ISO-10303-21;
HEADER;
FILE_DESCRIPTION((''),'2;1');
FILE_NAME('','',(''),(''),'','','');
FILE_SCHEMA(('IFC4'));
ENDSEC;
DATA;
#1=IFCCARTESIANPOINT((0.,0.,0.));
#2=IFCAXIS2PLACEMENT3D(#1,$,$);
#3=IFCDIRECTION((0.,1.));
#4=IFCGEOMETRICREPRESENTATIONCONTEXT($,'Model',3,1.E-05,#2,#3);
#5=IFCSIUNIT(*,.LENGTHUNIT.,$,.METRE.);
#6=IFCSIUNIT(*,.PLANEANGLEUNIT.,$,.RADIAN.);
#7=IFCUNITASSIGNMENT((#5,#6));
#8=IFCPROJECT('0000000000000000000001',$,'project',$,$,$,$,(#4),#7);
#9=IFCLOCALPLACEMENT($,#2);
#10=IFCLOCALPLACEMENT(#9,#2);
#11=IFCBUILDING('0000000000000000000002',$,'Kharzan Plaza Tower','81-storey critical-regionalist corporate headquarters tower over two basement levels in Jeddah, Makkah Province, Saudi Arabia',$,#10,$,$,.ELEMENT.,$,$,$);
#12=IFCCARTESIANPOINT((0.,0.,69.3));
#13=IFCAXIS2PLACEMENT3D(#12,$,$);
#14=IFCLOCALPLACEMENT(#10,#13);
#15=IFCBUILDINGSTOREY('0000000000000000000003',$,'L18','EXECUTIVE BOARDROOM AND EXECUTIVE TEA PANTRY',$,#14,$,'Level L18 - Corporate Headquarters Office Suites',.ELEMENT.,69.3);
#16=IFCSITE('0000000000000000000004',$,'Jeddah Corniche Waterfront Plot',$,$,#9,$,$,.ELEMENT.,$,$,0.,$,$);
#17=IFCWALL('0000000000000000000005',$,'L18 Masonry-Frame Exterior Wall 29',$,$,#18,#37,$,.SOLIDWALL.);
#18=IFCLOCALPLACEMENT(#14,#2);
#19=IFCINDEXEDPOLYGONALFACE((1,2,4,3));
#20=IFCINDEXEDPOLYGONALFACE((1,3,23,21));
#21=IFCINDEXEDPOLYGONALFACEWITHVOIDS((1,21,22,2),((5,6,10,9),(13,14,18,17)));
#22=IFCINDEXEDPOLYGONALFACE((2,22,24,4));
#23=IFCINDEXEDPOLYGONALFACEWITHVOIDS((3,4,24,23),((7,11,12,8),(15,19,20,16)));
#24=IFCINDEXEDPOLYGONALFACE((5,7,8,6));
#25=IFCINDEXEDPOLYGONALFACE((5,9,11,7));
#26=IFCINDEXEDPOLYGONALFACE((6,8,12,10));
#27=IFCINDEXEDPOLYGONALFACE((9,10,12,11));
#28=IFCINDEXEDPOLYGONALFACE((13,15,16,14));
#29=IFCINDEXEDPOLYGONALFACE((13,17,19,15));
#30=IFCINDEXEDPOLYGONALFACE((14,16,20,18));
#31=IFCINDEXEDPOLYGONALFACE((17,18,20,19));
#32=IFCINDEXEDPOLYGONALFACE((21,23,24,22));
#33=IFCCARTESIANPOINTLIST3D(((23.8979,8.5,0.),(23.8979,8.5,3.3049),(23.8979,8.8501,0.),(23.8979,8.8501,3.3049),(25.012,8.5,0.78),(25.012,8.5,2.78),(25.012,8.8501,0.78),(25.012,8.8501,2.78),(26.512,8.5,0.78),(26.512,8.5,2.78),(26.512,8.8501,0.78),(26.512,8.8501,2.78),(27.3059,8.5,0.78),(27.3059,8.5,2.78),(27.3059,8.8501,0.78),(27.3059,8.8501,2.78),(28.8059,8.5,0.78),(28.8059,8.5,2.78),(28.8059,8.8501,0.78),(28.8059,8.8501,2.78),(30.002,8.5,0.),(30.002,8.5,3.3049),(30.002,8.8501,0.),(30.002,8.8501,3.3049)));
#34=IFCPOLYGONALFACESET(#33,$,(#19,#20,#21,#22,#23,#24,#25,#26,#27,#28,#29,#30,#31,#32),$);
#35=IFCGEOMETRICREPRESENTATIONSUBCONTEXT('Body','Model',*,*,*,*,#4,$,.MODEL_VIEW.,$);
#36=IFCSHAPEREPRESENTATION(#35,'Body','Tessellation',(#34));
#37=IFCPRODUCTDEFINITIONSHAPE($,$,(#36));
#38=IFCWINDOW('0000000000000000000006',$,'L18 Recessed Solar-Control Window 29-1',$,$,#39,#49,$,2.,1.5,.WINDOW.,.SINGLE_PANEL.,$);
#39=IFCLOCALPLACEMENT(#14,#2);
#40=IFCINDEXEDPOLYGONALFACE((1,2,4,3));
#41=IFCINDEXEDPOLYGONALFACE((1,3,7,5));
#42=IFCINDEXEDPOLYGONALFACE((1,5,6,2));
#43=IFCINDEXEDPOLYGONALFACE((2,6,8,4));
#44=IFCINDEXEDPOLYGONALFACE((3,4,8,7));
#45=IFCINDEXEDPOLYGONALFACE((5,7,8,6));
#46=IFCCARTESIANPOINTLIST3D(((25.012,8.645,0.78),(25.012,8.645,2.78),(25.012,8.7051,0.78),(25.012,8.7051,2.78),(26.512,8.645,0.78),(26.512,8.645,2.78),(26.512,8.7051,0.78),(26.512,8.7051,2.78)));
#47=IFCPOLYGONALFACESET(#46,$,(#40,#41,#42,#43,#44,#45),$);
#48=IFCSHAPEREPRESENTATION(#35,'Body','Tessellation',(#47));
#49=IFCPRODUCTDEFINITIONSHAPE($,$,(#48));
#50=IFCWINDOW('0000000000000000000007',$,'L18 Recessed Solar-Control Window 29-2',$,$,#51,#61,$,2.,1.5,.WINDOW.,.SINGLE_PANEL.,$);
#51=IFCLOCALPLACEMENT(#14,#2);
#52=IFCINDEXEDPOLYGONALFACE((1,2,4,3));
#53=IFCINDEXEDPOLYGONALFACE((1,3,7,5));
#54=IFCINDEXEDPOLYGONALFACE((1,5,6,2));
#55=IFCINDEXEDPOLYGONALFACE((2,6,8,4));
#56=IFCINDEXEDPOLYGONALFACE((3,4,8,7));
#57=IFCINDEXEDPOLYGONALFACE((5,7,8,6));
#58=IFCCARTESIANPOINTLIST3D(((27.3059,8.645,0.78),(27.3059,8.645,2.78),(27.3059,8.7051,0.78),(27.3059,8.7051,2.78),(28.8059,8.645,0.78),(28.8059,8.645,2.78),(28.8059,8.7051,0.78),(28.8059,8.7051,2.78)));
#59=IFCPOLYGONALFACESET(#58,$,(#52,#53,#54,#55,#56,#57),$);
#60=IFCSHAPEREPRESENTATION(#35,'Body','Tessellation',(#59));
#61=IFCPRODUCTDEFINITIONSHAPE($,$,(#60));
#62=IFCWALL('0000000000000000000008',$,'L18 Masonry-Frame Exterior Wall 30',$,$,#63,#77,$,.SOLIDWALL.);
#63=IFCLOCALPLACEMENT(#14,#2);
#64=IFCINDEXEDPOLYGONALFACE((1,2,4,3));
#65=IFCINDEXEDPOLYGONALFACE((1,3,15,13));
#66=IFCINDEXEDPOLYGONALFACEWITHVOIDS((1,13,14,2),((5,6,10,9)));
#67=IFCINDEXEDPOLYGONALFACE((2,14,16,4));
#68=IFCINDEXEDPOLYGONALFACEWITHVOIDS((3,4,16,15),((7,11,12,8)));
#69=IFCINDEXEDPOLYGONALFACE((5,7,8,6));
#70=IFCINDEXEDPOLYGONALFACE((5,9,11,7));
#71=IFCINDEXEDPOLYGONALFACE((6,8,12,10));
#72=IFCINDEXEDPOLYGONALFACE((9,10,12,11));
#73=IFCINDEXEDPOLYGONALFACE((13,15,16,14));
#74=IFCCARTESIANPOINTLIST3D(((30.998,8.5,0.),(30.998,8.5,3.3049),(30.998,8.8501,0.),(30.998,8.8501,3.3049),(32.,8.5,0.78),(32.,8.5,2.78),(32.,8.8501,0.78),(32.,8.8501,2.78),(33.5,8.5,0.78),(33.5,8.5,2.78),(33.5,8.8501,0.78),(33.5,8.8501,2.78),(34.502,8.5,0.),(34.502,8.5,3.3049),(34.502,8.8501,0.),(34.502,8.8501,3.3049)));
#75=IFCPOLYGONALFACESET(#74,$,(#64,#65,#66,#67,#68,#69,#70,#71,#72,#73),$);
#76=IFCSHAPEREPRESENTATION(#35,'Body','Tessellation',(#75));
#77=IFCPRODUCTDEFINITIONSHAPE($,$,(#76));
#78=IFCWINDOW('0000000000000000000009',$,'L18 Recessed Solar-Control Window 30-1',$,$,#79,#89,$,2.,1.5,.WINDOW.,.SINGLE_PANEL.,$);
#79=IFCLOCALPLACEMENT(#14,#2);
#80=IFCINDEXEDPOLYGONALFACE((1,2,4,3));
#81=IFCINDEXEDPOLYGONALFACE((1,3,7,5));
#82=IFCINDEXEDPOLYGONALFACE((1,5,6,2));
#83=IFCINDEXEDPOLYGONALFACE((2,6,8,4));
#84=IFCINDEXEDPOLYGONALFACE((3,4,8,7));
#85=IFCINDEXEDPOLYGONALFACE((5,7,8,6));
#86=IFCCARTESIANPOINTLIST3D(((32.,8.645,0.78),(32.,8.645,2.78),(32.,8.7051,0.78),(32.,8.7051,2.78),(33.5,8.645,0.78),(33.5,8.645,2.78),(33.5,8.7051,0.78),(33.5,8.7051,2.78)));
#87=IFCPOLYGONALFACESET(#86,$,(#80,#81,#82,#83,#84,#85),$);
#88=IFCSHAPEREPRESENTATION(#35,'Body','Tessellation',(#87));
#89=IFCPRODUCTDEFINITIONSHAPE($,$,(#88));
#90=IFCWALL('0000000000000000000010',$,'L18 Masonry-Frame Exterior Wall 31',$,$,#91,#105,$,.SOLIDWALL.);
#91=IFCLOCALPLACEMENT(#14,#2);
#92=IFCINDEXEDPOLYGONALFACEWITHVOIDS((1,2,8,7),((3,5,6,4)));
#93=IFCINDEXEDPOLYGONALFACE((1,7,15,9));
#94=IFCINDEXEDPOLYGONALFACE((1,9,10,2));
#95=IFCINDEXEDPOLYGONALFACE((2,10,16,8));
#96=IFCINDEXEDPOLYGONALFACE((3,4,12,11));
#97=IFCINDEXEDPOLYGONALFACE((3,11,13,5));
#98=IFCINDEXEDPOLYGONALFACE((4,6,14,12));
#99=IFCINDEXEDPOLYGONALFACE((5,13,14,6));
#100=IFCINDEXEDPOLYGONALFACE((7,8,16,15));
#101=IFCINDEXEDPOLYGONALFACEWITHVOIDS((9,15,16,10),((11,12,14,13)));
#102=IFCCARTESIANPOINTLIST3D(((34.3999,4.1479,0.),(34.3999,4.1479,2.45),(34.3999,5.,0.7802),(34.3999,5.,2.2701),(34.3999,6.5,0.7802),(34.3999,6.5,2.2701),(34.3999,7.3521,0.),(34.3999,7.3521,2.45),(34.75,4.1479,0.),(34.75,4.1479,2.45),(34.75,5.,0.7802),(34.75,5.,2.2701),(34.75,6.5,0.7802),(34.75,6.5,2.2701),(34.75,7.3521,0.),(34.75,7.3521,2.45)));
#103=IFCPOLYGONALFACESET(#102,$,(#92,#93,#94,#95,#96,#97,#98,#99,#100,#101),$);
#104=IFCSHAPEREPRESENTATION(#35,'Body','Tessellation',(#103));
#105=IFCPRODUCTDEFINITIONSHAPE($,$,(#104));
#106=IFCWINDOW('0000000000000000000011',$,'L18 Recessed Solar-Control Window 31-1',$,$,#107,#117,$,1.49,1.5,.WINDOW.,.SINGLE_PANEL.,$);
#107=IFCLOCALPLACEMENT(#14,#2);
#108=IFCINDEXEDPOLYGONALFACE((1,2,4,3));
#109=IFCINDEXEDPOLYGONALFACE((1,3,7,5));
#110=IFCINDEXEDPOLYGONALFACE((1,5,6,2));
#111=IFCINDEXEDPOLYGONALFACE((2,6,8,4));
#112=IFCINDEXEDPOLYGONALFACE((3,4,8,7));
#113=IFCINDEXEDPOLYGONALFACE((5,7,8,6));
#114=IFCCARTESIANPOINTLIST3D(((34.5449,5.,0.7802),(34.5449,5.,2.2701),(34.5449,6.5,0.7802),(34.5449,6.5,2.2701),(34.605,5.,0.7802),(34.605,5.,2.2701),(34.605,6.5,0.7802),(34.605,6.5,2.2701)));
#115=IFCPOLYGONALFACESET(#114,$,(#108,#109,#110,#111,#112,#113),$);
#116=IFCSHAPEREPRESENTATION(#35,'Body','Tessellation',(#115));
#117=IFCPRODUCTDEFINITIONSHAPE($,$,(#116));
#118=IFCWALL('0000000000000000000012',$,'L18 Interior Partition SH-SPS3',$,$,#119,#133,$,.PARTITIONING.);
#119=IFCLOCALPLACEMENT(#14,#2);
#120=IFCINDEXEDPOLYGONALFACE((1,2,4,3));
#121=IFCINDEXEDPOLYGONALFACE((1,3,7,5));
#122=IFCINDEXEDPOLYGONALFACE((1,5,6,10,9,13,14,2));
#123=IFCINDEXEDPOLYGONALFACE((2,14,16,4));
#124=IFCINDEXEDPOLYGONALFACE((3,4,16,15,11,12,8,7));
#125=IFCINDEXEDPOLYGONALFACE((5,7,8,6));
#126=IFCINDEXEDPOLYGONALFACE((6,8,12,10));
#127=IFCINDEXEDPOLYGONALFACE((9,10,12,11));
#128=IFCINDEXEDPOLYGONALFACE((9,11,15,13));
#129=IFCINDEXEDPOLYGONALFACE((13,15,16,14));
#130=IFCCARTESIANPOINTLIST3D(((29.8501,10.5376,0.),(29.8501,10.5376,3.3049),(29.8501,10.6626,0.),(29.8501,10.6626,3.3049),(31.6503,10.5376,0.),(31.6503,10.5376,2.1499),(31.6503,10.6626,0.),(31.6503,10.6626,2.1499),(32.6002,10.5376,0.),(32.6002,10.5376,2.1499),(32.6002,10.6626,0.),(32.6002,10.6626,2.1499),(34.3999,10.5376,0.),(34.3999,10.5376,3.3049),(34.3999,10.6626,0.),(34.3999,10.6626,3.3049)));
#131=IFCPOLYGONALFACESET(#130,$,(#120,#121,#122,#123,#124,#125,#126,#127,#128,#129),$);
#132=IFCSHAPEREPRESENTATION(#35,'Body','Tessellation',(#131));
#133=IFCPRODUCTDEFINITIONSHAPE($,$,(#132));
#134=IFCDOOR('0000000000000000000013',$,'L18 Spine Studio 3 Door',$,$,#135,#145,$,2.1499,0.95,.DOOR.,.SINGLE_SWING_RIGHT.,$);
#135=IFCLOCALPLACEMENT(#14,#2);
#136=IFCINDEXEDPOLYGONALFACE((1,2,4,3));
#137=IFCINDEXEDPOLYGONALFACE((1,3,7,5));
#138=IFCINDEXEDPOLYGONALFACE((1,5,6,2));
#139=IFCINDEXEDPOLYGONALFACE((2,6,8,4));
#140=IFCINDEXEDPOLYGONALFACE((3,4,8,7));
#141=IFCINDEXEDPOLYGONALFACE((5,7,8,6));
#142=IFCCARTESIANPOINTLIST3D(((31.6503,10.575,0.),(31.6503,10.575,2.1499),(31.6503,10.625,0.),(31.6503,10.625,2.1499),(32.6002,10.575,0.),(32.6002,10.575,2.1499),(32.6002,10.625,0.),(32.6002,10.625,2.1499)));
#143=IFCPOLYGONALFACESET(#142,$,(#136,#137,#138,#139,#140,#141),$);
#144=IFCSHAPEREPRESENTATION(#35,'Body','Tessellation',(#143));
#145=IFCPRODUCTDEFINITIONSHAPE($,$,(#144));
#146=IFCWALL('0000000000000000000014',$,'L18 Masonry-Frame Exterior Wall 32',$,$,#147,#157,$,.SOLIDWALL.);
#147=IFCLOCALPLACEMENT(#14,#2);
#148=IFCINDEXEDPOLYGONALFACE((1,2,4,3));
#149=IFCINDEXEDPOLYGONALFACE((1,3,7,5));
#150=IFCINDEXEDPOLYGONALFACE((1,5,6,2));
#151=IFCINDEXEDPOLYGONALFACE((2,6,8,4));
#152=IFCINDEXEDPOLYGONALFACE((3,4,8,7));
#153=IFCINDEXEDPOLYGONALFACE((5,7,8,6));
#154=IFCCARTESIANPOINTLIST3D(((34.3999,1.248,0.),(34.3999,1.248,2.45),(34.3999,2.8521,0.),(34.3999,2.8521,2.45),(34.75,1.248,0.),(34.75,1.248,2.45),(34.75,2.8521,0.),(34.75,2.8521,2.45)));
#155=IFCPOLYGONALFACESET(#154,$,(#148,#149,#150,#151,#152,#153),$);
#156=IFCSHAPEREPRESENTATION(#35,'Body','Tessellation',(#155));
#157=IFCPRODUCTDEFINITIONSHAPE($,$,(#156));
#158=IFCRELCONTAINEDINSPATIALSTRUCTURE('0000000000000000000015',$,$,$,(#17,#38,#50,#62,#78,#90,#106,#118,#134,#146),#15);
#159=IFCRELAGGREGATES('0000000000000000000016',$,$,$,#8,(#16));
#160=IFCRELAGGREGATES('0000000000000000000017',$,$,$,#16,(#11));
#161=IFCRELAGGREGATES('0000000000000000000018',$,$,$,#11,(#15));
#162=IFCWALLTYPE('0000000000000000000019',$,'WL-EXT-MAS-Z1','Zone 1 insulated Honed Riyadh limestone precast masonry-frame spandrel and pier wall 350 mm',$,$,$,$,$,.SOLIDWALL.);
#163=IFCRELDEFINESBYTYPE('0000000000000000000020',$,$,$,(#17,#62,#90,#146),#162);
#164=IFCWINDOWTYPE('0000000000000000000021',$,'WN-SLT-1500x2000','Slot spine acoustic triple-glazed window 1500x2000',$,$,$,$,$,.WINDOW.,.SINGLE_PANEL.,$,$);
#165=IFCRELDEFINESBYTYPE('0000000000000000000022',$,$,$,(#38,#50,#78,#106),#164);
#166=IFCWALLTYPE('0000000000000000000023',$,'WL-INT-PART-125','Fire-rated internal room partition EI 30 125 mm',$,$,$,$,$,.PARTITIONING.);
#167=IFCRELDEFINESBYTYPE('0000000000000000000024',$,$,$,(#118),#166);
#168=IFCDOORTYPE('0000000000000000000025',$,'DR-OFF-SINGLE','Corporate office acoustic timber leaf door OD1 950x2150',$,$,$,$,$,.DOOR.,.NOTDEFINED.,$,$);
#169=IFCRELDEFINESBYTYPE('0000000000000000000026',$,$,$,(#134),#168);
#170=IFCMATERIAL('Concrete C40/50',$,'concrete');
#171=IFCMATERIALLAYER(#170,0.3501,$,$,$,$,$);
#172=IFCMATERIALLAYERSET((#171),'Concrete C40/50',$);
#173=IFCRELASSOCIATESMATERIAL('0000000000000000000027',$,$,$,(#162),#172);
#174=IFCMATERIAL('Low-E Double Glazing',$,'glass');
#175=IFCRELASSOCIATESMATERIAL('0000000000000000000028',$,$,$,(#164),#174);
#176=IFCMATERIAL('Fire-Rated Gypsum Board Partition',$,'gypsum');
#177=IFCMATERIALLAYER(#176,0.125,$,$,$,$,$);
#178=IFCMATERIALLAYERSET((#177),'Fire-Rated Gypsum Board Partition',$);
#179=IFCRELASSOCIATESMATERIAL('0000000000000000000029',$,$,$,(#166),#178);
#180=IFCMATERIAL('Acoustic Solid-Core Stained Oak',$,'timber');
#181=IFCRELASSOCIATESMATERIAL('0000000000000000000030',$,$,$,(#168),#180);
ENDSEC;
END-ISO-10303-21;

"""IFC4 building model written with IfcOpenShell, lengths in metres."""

from ifc_helpers import new_model, si_unit, direction, frame, frame_2d, origin, place, context, subcontext, project, spatial, rectangle, extrude, source, transform, mapped, material, layer, layer_set, type_object, element, fill, save


model = new_model("IFC4")

# Units and contexts
model_context = context("Model", 3, precision=1e-05, world=origin(), true_north=direction((0.0, 1.0)))
body_context = subcontext(model_context, "Body", "Model", "MODEL_VIEW")
ifc_project = project(units=[si_unit("LENGTHUNIT", "METRE"), si_unit("PLANEANGLEUNIT", "RADIAN")], contexts=[model_context])

# Site, building, storey
site_placement = place(None, origin())
site = spatial("IfcSite", under=ifc_project, at=site_placement, Name="Jeddah Corniche Waterfront Plot", CompositionType="ELEMENT", RefElevation=0.0)
building_placement = place(site_placement, origin())
building = spatial("IfcBuilding", under=site, at=building_placement, Name="Kharzan Plaza Tower", Description="81-storey critical-regionalist corporate headquarters tower over two basement levels in Jeddah, Makkah Province, Saudi Arabia", CompositionType="ELEMENT")
storey_placement = place(building_placement, frame((0.0, 0.0, 69.3)))
storey = spatial("IfcBuildingStorey", under=building, at=storey_placement, Name="L18", Description="EXECUTIVE BOARDROOM AND EXECUTIVE TEA PANTRY", LongName="Level L18 - Corporate Headquarters Office Suites", CompositionType="ELEMENT", Elevation=69.3)

# Wall, openings, windows
ifc_material_1 = material(Name="Concrete C40/50", Category="concrete")
ifc_layer_1 = layer(ifc_material_1, 0.3501)
ifc_layer_set_1 = layer_set([ifc_layer_1], Name="Concrete C40/50")
wall_type_1 = type_object("IfcWallType", Name="WL-EXT-MAS-Z1", Description="Zone 1 insulated Honed Riyadh limestone precast masonry-frame spandrel and pier wall 350 mm", PredefinedType="SOLIDWALL", material=ifc_layer_set_1)
wall_1_placement = place(storey_placement, frame((23.8979, 8.675, 0.0), z_axis=(0.0, 0.0, 1.0), x_axis=(1.0, 0.0, 0.0)))
wall_1 = element("IfcWall", 1, at=wall_1_placement, inside=storey, type_object=wall_type_1, Name="L18 Masonry-Frame Exterior Wall 29", PredefinedType="SOLIDWALL", context=body_context, shape_type="SweptSolid", body=[
    extrude(rectangle(XDim=6.104, YDim=0.3501, at=frame_2d((3.052, 0.0))), origin(), (0.0, 0.0, 1.0), 3.3049),
])
opening_1_placement = place(wall_1_placement, frame((1.114, 0.0, 0.78)))
opening_1 = element("IfcOpeningElement", 2, at=opening_1_placement, cuts=wall_1, PredefinedType="OPENING", context=body_context, shape_type="SweptSolid", body=[
    extrude(rectangle(XDim=1.5, YDim=2.0, at=frame_2d((0.75, 1.0))), frame((0.0, 0.1851, 0.0), z_axis=(0.0, -1.0, 0.0), x_axis=(1.0, 0.0, 0.0)), (0.0, 0.0, 1.0), 0.3701),
])
opening_2_placement = place(wall_1_placement, frame((3.408, 0.0, 0.78)))
opening_2 = element("IfcOpeningElement", 3, at=opening_2_placement, cuts=wall_1, PredefinedType="OPENING", context=body_context, shape_type="SweptSolid", body=[
    extrude(rectangle(XDim=1.5, YDim=2.0, at=frame_2d((0.75, 1.0))), frame((0.0, 0.1851, 0.0), z_axis=(0.0, -1.0, 0.0), x_axis=(1.0, 0.0, 0.0)), (0.0, 0.0, 1.0), 0.3701),
])
ifc_material_2 = material(Name="Low-E Double Glazing", Category="glass")
window_type = type_object("IfcWindowType", Name="WN-SLT-1500x2000", Description="Slot spine acoustic triple-glazed window 1500x2000", PartitioningType="SINGLE_PANEL", PredefinedType="WINDOW", material=ifc_material_2)
shared_shape_1 = source(origin(), body_context, "Body", "SweptSolid", [
    extrude(rectangle(XDim=1.5, YDim=2.0, at=frame_2d((0.75, 1.0))), frame((0.0, 0.03, 0.0), z_axis=(0.0, -1.0, 0.0), x_axis=(1.0, 0.0, 0.0)), (0.0, 0.0, 1.0), 0.0601),
])
window_1_placement = place(opening_1_placement, origin())
window_1 = element("IfcWindow", 4, at=window_1_placement, inside=storey, type_object=window_type, Name="L18 Recessed Solar-Control Window 29-1", OverallHeight=2.0, OverallWidth=1.5, PartitioningType="SINGLE_PANEL", PredefinedType="WINDOW", context=body_context, shape_type="MappedRepresentation", body=[
    mapped(shared_shape_1, transform((0.0, 0.0, 0.0), x_axis=(1.0, 0.0, 0.0), y_axis=(0.0, 1.0, 0.0), z_axis=(0.0, 0.0, 1.0))),
])
fill(opening_1, window_1)
window_2_placement = place(opening_2_placement, origin())
window_2 = element("IfcWindow", 5, at=window_2_placement, inside=storey, type_object=window_type, Name="L18 Recessed Solar-Control Window 29-2", OverallHeight=2.0, OverallWidth=1.5, PartitioningType="SINGLE_PANEL", PredefinedType="WINDOW", context=body_context, shape_type="MappedRepresentation", body=[
    mapped(shared_shape_1, transform((0.0, 0.0, 0.0), x_axis=(1.0, 0.0, 0.0), y_axis=(0.0, 1.0, 0.0), z_axis=(0.0, 0.0, 1.0))),
])
fill(opening_2, window_2)

# Walls, openings, windows
wall_2_placement = place(storey_placement, frame((30.998, 8.675, 0.0), z_axis=(0.0, 0.0, 1.0), x_axis=(1.0, 0.0, 0.0)))
wall_2 = element("IfcWall", 6, at=wall_2_placement, inside=storey, type_object=wall_type_1, Name="L18 Masonry-Frame Exterior Wall 30", PredefinedType="SOLIDWALL", context=body_context, shape_type="SweptSolid", body=[
    extrude(rectangle(XDim=3.5039, YDim=0.3501, at=frame_2d((1.752, 0.0))), origin(), (0.0, 0.0, 1.0), 3.3049),
])
opening_3_placement = place(wall_2_placement, frame((1.002, 0.0, 0.78)))
opening_3 = element("IfcOpeningElement", 7, at=opening_3_placement, cuts=wall_2, PredefinedType="OPENING", context=body_context, shape_type="SweptSolid", body=[
    extrude(rectangle(XDim=1.5, YDim=2.0, at=frame_2d((0.75, 1.0))), frame((0.0, 0.1851, 0.0), z_axis=(0.0, -1.0, 0.0), x_axis=(1.0, 0.0, 0.0)), (0.0, 0.0, 1.0), 0.3701),
])
window_3_placement = place(opening_3_placement, origin())
window_3 = element("IfcWindow", 8, at=window_3_placement, inside=storey, type_object=window_type, Name="L18 Recessed Solar-Control Window 30-1", OverallHeight=2.0, OverallWidth=1.5, PartitioningType="SINGLE_PANEL", PredefinedType="WINDOW", context=body_context, shape_type="MappedRepresentation", body=[
    mapped(shared_shape_1, transform((0.0, 0.0, 0.0), x_axis=(1.0, 0.0, 0.0), y_axis=(0.0, 1.0, 0.0), z_axis=(0.0, 0.0, 1.0))),
])
fill(opening_3, window_3)
wall_3_placement = place(storey_placement, frame((34.575, 7.3521, 0.0), z_axis=(0.0, 0.0, 1.0), x_axis=(0.0, -1.0, 0.0)))
wall_3 = element("IfcWall", 9, at=wall_3_placement, inside=storey, type_object=wall_type_1, Name="L18 Masonry-Frame Exterior Wall 31", PredefinedType="SOLIDWALL", context=body_context, shape_type="SweptSolid", body=[
    extrude(rectangle(XDim=3.2041, YDim=0.3501, at=frame_2d((1.6021, 0.0))), origin(), (0.0, 0.0, 1.0), 2.45),
])
opening_4_placement = place(wall_3_placement, frame((0.8521, 0.0, 0.78)))
opening_4 = element("IfcOpeningElement", 10, at=opening_4_placement, cuts=wall_3, PredefinedType="OPENING", context=body_context, shape_type="SweptSolid", body=[
    extrude(rectangle(XDim=1.5, YDim=1.49, at=frame_2d((0.75, 0.7451))), frame((0.0, 0.1851, 0.0), z_axis=(0.0, -1.0, 0.0), x_axis=(1.0, 0.0, 0.0)), (0.0, 0.0, 1.0), 0.3701),
])
shared_shape_2 = source(origin(), body_context, "Body", "SweptSolid", [
    extrude(rectangle(XDim=1.5, YDim=1.49, at=frame_2d((0.75, 0.7451))), frame((0.0, 0.03, 0.0), z_axis=(0.0, -1.0, 0.0), x_axis=(1.0, 0.0, 0.0)), (0.0, 0.0, 1.0), 0.0601),
])
window_4_placement = place(opening_4_placement, origin())
window_4 = element("IfcWindow", 11, at=window_4_placement, inside=storey, type_object=window_type, Name="L18 Recessed Solar-Control Window 31-1", OverallHeight=1.49, OverallWidth=1.5, PartitioningType="SINGLE_PANEL", PredefinedType="WINDOW", context=body_context, shape_type="MappedRepresentation", body=[
    mapped(shared_shape_2, transform((0.0, 0.0, 0.0), x_axis=(1.0, 0.0, 0.0), y_axis=(0.0, 1.0, 0.0), z_axis=(0.0, 0.0, 1.0))),
])
fill(opening_4, window_4)

# Wall, opening, door
ifc_material_3 = material(Name="Fire-Rated Gypsum Board Partition", Category="gypsum")
ifc_layer_2 = layer(ifc_material_3, 0.125)
ifc_layer_set_2 = layer_set([ifc_layer_2], Name="Fire-Rated Gypsum Board Partition")
wall_type_2 = type_object("IfcWallType", Name="WL-INT-PART-125", Description="Fire-rated internal room partition EI 30 125 mm", PredefinedType="PARTITIONING", material=ifc_layer_set_2)
wall_4_placement = place(storey_placement, frame((29.8501, 10.6001, 0.0), z_axis=(0.0, 0.0, 1.0), x_axis=(1.0, 0.0, 0.0)))
wall_4 = element("IfcWall", 12, at=wall_4_placement, inside=storey, type_object=wall_type_2, Name="L18 Interior Partition SH-SPS3", PredefinedType="PARTITIONING", context=body_context, shape_type="SweptSolid", body=[
    extrude(rectangle(XDim=4.5498, YDim=0.125, at=frame_2d((2.2749, 0.0))), origin(), (0.0, 0.0, 1.0), 3.3049),
])
opening_5_placement = place(wall_4_placement, frame((1.8, 0.0, 0.0)))
opening_5 = element("IfcOpeningElement", 13, at=opening_5_placement, cuts=wall_4, PredefinedType="OPENING", context=body_context, shape_type="SweptSolid", body=[
    extrude(rectangle(XDim=0.95, YDim=2.1499, at=frame_2d((0.4751, 1.075))), frame((0.0, 0.0725, 0.0), z_axis=(0.0, -1.0, 0.0), x_axis=(1.0, 0.0, 0.0)), (0.0, 0.0, 1.0), 0.145),
])
ifc_material_4 = material(Name="Acoustic Solid-Core Stained Oak", Category="timber")
door_type = type_object("IfcDoorType", Name="DR-OFF-SINGLE", Description="Corporate office acoustic timber leaf door OD1 950x2150", OperationType="NOTDEFINED", PredefinedType="DOOR", material=ifc_material_4)
shared_shape_3 = source(origin(), body_context, "Body", "SweptSolid", [
    extrude(rectangle(XDim=0.95, YDim=2.1499, at=frame_2d((0.4751, 1.075))), frame((0.0, 0.0249, 0.0), z_axis=(0.0, -1.0, 0.0), x_axis=(1.0, 0.0, 0.0)), (0.0, 0.0, 1.0), 0.05),
])
door_placement = place(opening_5_placement, origin())
door = element("IfcDoor", 14, at=door_placement, inside=storey, type_object=door_type, Name="L18 Spine Studio 3 Door", OperationType="SINGLE_SWING_RIGHT", OverallHeight=2.1499, OverallWidth=0.95, PredefinedType="DOOR", context=body_context, shape_type="MappedRepresentation", body=[
    mapped(shared_shape_3, transform((0.0, 0.0, 0.0), x_axis=(1.0, 0.0, 0.0), y_axis=(0.0, 1.0, 0.0), z_axis=(0.0, 0.0, 1.0))),
])
fill(opening_5, door)

# Wall
shared_shape_4 = source(origin(), body_context, "Body", "SweptSolid", [
    extrude(rectangle(XDim=1.604, YDim=0.3501, at=frame_2d((0.802, 0.0))), origin(), (0.0, 0.0, 1.0), 2.45),
])
wall_5_placement = place(storey_placement, frame((34.575, 2.8521, 0.0), z_axis=(0.0, 0.0, 1.0), x_axis=(0.0, -1.0, 0.0)))
element("IfcWall", 15, at=wall_5_placement, inside=storey, type_object=wall_type_1, Name="L18 Masonry-Frame Exterior Wall 32", PredefinedType="SOLIDWALL", context=body_context, shape_type="MappedRepresentation", body=[
    mapped(shared_shape_4, transform((0.0, 0.0, 0.0), x_axis=(1.0, 0.0, 0.0), y_axis=(0.0, 1.0, 0.0), z_axis=(0.0, 0.0, 1.0))),
])

save(model, "model.ifc")
